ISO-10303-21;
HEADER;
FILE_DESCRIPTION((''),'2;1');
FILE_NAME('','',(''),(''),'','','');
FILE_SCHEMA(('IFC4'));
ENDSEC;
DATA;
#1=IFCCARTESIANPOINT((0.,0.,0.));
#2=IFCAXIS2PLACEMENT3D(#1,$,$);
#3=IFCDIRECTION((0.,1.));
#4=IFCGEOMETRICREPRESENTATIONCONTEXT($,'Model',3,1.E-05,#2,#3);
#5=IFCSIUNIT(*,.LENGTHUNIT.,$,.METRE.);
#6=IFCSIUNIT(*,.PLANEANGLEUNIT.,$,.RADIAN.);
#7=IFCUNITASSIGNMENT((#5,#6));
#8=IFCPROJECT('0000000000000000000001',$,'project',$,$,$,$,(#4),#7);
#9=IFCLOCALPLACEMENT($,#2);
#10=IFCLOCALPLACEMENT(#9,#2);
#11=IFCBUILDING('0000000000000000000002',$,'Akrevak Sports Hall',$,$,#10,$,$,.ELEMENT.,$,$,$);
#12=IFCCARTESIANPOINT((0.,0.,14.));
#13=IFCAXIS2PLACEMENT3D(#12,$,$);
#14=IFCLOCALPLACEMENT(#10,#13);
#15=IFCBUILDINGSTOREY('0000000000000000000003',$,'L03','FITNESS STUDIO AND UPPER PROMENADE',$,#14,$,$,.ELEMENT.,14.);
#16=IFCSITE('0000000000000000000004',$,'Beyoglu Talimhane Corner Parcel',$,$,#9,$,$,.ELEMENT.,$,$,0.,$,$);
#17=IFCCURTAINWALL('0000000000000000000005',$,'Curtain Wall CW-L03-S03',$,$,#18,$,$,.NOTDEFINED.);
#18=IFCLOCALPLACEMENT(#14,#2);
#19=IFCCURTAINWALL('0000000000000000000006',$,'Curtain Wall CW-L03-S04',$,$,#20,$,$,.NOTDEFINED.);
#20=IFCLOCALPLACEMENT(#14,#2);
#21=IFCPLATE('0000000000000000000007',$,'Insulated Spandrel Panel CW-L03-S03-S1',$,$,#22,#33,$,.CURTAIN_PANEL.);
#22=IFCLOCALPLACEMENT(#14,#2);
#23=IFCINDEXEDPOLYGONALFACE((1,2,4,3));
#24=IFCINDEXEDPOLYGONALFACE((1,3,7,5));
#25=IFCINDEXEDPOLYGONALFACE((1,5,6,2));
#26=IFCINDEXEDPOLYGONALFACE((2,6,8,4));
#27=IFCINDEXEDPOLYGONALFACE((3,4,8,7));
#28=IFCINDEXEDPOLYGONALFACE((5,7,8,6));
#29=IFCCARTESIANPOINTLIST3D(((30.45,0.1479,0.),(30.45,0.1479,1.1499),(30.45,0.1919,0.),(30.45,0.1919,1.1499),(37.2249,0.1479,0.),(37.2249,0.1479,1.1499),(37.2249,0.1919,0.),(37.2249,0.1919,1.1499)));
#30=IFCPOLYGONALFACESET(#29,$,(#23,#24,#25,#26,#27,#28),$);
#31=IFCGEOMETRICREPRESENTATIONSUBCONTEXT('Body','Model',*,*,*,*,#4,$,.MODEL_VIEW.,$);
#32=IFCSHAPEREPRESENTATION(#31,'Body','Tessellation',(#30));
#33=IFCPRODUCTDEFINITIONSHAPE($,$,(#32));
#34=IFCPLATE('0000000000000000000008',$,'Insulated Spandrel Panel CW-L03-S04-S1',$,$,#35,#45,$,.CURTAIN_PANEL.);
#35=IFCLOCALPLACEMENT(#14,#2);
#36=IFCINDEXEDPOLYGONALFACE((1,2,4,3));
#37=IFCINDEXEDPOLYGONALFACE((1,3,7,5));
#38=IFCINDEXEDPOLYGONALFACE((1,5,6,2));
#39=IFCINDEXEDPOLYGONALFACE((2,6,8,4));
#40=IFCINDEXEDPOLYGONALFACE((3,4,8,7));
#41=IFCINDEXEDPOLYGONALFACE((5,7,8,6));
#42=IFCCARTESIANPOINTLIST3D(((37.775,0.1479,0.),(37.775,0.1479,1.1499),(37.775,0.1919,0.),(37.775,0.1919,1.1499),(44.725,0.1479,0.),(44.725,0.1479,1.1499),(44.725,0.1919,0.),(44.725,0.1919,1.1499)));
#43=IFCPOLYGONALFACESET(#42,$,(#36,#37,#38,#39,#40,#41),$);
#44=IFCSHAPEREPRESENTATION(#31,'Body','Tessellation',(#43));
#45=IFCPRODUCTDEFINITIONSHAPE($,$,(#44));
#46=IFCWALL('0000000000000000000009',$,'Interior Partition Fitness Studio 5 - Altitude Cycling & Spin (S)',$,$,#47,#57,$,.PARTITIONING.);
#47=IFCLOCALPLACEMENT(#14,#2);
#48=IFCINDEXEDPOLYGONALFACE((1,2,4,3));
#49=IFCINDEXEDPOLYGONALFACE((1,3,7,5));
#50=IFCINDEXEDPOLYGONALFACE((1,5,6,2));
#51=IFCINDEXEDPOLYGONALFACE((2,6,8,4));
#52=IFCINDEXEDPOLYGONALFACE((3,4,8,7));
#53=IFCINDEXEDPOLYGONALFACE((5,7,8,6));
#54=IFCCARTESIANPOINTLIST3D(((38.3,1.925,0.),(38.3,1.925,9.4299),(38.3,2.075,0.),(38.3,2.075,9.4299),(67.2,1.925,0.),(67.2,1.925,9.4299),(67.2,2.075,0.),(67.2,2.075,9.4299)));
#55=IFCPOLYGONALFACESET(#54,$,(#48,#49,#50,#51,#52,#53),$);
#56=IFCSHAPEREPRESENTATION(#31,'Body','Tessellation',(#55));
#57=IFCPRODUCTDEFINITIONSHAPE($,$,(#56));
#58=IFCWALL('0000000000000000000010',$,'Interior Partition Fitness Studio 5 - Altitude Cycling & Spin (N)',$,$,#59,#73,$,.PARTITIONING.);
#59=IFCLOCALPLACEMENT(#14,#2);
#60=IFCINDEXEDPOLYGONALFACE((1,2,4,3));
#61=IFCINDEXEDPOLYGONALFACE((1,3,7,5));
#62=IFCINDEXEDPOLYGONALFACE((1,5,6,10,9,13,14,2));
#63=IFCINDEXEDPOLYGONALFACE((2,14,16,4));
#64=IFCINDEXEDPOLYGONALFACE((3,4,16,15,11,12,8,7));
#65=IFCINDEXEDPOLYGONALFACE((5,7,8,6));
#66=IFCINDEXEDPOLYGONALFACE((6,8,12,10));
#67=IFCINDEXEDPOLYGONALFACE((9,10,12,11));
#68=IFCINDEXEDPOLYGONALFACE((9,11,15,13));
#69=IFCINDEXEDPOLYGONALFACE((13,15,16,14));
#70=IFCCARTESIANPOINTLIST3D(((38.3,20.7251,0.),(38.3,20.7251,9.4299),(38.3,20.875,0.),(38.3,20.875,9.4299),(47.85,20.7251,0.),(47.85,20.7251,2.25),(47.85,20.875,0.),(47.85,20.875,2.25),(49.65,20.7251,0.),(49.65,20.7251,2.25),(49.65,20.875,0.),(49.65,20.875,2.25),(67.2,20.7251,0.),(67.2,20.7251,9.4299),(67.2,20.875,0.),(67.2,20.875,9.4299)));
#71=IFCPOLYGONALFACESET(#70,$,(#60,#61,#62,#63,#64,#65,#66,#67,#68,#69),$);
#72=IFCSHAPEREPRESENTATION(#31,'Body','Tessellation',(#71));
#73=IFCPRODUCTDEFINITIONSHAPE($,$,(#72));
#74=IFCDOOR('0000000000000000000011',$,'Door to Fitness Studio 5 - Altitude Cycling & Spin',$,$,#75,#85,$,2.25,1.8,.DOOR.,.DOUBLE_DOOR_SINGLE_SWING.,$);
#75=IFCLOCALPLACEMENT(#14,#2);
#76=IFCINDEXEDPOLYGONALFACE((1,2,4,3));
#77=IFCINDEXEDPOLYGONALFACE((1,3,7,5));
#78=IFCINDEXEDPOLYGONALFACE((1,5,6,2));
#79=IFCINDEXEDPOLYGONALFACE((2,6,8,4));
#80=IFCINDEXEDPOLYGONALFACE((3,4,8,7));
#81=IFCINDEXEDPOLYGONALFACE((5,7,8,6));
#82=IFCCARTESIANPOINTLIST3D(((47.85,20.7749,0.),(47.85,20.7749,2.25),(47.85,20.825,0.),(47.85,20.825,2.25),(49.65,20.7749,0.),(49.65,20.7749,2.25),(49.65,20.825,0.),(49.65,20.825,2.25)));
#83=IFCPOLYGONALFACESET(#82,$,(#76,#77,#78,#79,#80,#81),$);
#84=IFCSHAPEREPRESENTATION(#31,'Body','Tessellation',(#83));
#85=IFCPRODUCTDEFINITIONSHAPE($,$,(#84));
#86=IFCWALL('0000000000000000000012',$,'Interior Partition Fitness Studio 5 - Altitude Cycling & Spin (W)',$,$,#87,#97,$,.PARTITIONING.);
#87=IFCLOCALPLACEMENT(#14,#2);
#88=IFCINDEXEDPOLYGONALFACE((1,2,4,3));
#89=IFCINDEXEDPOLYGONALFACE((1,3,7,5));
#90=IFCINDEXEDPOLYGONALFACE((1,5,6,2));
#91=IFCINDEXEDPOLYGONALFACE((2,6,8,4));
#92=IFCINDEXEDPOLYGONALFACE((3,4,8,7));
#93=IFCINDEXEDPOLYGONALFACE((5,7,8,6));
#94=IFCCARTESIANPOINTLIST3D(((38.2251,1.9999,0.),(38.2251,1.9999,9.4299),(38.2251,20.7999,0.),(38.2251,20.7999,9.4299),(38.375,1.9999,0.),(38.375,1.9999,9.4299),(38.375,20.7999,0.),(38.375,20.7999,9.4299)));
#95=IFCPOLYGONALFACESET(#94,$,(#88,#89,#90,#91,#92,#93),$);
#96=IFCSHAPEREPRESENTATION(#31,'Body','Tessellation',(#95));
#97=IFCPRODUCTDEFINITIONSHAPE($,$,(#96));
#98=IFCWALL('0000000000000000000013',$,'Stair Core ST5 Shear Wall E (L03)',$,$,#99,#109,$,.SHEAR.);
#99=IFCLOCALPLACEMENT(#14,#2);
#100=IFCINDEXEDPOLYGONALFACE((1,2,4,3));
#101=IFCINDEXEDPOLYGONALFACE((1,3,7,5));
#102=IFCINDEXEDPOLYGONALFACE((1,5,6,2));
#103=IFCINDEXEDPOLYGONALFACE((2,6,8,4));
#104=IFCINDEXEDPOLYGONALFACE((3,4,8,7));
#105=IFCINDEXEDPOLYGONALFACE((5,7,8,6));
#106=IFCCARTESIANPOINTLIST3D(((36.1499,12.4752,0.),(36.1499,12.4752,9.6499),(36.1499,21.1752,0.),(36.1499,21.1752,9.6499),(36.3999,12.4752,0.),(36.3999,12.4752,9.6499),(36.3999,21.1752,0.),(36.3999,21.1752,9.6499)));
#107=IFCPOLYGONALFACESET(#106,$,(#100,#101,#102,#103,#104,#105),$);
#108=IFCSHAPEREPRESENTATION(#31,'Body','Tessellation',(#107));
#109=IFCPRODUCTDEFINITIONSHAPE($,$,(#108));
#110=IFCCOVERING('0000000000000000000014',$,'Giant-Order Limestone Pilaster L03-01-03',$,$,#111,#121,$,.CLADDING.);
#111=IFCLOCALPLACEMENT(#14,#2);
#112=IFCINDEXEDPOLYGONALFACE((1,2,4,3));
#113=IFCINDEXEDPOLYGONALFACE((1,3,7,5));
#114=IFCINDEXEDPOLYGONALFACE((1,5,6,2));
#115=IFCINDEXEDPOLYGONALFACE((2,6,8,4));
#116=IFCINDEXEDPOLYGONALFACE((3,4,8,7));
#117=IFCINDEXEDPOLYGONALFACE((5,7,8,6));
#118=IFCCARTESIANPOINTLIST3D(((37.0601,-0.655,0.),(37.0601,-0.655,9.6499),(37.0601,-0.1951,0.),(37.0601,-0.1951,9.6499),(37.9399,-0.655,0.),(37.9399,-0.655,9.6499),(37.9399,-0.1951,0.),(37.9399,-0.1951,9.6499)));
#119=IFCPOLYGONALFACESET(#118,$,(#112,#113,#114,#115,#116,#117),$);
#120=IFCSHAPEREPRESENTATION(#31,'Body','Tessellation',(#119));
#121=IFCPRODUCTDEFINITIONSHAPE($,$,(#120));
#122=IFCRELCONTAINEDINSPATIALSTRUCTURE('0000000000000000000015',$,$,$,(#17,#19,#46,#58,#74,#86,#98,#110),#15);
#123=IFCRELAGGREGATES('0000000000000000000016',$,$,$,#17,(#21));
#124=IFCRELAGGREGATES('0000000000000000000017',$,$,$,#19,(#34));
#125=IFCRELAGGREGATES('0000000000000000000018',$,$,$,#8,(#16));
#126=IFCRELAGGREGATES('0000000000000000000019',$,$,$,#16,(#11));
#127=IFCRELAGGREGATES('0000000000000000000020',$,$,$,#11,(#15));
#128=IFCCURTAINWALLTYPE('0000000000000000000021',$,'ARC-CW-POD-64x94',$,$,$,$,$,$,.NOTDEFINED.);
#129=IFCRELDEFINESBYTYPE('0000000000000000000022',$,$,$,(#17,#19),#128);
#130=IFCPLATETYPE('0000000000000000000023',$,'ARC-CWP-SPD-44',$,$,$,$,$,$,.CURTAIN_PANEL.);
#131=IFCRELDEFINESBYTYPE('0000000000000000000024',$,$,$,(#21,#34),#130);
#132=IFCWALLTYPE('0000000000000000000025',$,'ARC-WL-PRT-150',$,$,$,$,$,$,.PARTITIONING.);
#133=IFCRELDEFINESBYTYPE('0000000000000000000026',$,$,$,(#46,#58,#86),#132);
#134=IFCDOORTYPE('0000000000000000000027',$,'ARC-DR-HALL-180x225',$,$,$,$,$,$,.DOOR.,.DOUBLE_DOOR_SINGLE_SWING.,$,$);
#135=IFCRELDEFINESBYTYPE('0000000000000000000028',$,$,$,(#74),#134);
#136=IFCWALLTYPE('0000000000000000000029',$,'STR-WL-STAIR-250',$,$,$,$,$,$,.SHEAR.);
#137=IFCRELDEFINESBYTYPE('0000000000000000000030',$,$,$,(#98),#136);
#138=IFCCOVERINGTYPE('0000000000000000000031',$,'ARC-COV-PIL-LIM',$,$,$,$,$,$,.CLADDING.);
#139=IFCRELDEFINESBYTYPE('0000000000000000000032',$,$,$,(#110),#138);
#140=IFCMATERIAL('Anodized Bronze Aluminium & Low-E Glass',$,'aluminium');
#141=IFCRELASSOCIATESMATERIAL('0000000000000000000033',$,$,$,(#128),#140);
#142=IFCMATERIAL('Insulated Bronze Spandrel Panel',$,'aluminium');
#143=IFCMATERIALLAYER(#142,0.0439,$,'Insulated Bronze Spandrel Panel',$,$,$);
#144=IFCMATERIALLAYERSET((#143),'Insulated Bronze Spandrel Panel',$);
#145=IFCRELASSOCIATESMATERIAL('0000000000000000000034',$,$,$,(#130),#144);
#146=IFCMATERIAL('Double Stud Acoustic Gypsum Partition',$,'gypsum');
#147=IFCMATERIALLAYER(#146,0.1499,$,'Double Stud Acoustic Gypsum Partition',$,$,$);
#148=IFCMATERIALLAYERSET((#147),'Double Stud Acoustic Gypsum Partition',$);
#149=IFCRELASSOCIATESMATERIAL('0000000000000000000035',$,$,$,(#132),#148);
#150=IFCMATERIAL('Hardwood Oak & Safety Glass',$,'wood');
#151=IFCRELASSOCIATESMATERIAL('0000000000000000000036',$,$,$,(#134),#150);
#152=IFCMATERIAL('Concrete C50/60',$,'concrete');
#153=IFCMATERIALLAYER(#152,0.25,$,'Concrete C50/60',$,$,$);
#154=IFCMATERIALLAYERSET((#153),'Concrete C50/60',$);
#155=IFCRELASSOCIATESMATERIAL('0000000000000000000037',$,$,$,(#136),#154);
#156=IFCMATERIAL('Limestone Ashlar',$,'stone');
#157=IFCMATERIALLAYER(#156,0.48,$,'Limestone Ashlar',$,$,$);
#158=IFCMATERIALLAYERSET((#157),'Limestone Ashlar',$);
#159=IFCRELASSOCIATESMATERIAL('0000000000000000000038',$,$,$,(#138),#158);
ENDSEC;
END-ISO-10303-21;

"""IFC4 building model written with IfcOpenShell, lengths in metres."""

from ifc_helpers import new_model, si_unit, direction, frame, frame_2d, origin, origin_2d, place, context, subcontext, project, spatial, rectangle, extrude, material, layer, layer_set, type_object, element, fill, aggregate, save


model = new_model("IFC4")

# Units and contexts
model_context = context("Model", 3, precision=1e-05, world=origin(), true_north=direction((0.0, 1.0)))
body_context = subcontext(model_context, "Body", "Model", "MODEL_VIEW")
ifc_project = project(units=[si_unit("LENGTHUNIT", "METRE"), si_unit("PLANEANGLEUNIT", "RADIAN")], contexts=[model_context])

# Site, building, storey
site_placement = place(None, origin())
site = spatial("IfcSite", under=ifc_project, at=site_placement, Name="Beyoglu Talimhane Corner Parcel", CompositionType="ELEMENT", RefElevation=0.0)
building_placement = place(site_placement, origin())
building = spatial("IfcBuilding", under=site, at=building_placement, Name="Akrevak Sports Hall", CompositionType="ELEMENT")
storey_placement = place(building_placement, frame((0.0, 0.0, 14.0)))
storey = spatial("IfcBuildingStorey", under=building, at=storey_placement, Name="L03", Description="FITNESS STUDIO AND UPPER PROMENADE", CompositionType="ELEMENT", Elevation=14.0)

# Curtain walls
ifc_material_1 = material(Name="Anodized Bronze Aluminium & Low-E Glass", Category="aluminium")
curtain_wall_type = type_object("IfcCurtainWallType", Name="ARC-CW-POD-64x94", PredefinedType="NOTDEFINED", material=ifc_material_1)
curtain_wall_1_placement = place(storey_placement, origin())
curtain_wall_1 = element("IfcCurtainWall", 1, at=curtain_wall_1_placement, inside=storey, type_object=curtain_wall_type, Name="Curtain Wall CW-L03-S03", PredefinedType="NOTDEFINED")
curtain_wall_2_placement = place(storey_placement, origin())
curtain_wall_2 = element("IfcCurtainWall", 2, at=curtain_wall_2_placement, inside=storey, type_object=curtain_wall_type, Name="Curtain Wall CW-L03-S04", PredefinedType="NOTDEFINED")

# Shared definitions
ifc_material_2 = material(Name="Concrete C50/60", Category="concrete")

# Plates
ifc_material_3 = material(Name="Insulated Bronze Spandrel Panel", Category="aluminium")
ifc_layer_1 = layer(ifc_material_3, 0.0439, Name="Insulated Bronze Spandrel Panel")
ifc_layer_set_1 = layer_set([ifc_layer_1], Name="Insulated Bronze Spandrel Panel")
plate_type_1 = type_object("IfcPlateType", Name="ARC-CWP-SPD-44", PredefinedType="CURTAIN_PANEL", material=ifc_layer_set_1)
plate_1_placement = place(storey_placement, frame((33.8374, 0.1699, 0.0), z_axis=(0.0, 0.0, 1.0), x_axis=(1.0, 0.0, 0.0)))
plate_1 = element("IfcPlate", 3, at=plate_1_placement, type_object=plate_type_1, Name="Insulated Spandrel Panel CW-L03-S03-S1", PredefinedType="CURTAIN_PANEL", context=body_context, shape_type="SweptSolid", body=[
    extrude(rectangle(XDim=6.7749, YDim=0.0439, at=origin_2d()), origin(), (0.0, 0.0, 1.0), 1.1499),
])
aggregate(curtain_wall_1, [plate_1])
plate_2_placement = place(storey_placement, frame((41.25, 0.1699, 0.0), z_axis=(0.0, 0.0, 1.0), x_axis=(1.0, 0.0, 0.0)))
plate_2 = element("IfcPlate", 4, at=plate_2_placement, type_object=plate_type_1, Name="Insulated Spandrel Panel CW-L03-S04-S1", PredefinedType="CURTAIN_PANEL", context=body_context, shape_type="SweptSolid", body=[
    extrude(rectangle(XDim=6.95, YDim=0.0439, at=origin_2d()), origin(), (0.0, 0.0, 1.0), 1.1499),
])
aggregate(curtain_wall_2, [plate_2])

# Wall
ifc_material_4 = material(Name="Double Stud Acoustic Gypsum Partition", Category="gypsum")
ifc_layer_2 = layer(ifc_material_4, 0.1499, Name="Double Stud Acoustic Gypsum Partition")
ifc_layer_set_2 = layer_set([ifc_layer_2], Name="Double Stud Acoustic Gypsum Partition")
wall_type_1 = type_object("IfcWallType", Name="ARC-WL-PRT-150", PredefinedType="PARTITIONING", material=ifc_layer_set_2)
wall_1_placement = place(storey_placement, frame((38.3, 2.0, 0.0), z_axis=(0.0, 0.0, 1.0), x_axis=(1.0, 0.0, 0.0)))
element("IfcWall", 5, at=wall_1_placement, inside=storey, type_object=wall_type_1, Name="Interior Partition Fitness Studio 5 - Altitude Cycling & Spin (S)", PredefinedType="PARTITIONING", context=body_context, shape_type="SweptSolid", body=[
    extrude(rectangle(XDim=28.8999, YDim=0.1499, at=frame_2d((14.45, 0.0))), origin(), (0.0, 0.0, 1.0), 9.4299),
])

# Wall, opening, door
wall_2_placement = place(storey_placement, frame((38.3, 20.8, 0.0), z_axis=(0.0, 0.0, 1.0), x_axis=(1.0, 0.0, 0.0)))
wall_2 = element("IfcWall", 6, at=wall_2_placement, inside=storey, type_object=wall_type_1, Name="Interior Partition Fitness Studio 5 - Altitude Cycling & Spin (N)", PredefinedType="PARTITIONING", context=body_context, shape_type="SweptSolid", body=[
    extrude(rectangle(XDim=28.8999, YDim=0.1499, at=frame_2d((14.45, 0.0))), origin(), (0.0, 0.0, 1.0), 9.4299),
])
opening_placement = place(wall_2_placement, frame((9.55, 0.0, 0.0)))
opening = element("IfcOpeningElement", 7, at=opening_placement, cuts=wall_2, PredefinedType="OPENING", context=body_context, shape_type="SweptSolid", body=[
    extrude(rectangle(XDim=1.8, YDim=2.25, at=frame_2d((0.8999, 1.125))), frame((0.0, 0.0869, 0.0), z_axis=(0.0, -1.0, 0.0), x_axis=(1.0, 0.0, 0.0)), (0.0, 0.0, 1.0), 0.1738),
])
ifc_material_5 = material(Name="Hardwood Oak & Safety Glass", Category="wood")
door_type = type_object("IfcDoorType", Name="ARC-DR-HALL-180x225", OperationType="DOUBLE_DOOR_SINGLE_SWING", PredefinedType="DOOR", material=ifc_material_5)
door_placement = place(opening_placement, origin())
door = element("IfcDoor", 8, at=door_placement, inside=storey, type_object=door_type, Name="Door to Fitness Studio 5 - Altitude Cycling & Spin", OperationType="DOUBLE_DOOR_SINGLE_SWING", OverallHeight=2.25, OverallWidth=1.8, PredefinedType="DOOR", context=body_context, shape_type="SweptSolid", body=[
    extrude(rectangle(XDim=1.8, YDim=2.25, at=frame_2d((0.8999, 1.125))), frame((0.0, 0.0249, 0.0), z_axis=(0.0, -1.0, 0.0), x_axis=(1.0, 0.0, 0.0)), (0.0, 0.0, 1.0), 0.05),
])
fill(opening, door)

# Walls
wall_3_placement = place(storey_placement, frame((38.3, 2.0, 0.0), z_axis=(0.0, 0.0, 1.0), x_axis=(0.0, 1.0, 0.0)))
element("IfcWall", 9, at=wall_3_placement, inside=storey, type_object=wall_type_1, Name="Interior Partition Fitness Studio 5 - Altitude Cycling & Spin (W)", PredefinedType="PARTITIONING", context=body_context, shape_type="SweptSolid", body=[
    extrude(rectangle(XDim=18.8, YDim=0.1499, at=frame_2d((9.3999, 0.0))), origin(), (0.0, 0.0, 1.0), 9.4299),
])
ifc_layer_3 = layer(ifc_material_2, 0.25, Name="Concrete C50/60")
ifc_layer_set_3 = layer_set([ifc_layer_3], Name="Concrete C50/60")
wall_type_2 = type_object("IfcWallType", Name="STR-WL-STAIR-250", PredefinedType="SHEAR", material=ifc_layer_set_3)
wall_4_placement = place(storey_placement, frame((36.2749, 12.4751, 0.0), z_axis=(0.0, 0.0, 1.0), x_axis=(0.0, 1.0, 0.0)))
element("IfcWall", 10, at=wall_4_placement, inside=storey, type_object=wall_type_2, Name="Stair Core ST5 Shear Wall E (L03)", PredefinedType="SHEAR", context=body_context, shape_type="SweptSolid", body=[
    extrude(rectangle(XDim=8.7, YDim=0.25, at=frame_2d((4.3501, 0.0))), origin(), (0.0, 0.0, 1.0), 9.6499),
])

# Covering
ifc_material_6 = material(Name="Limestone Ashlar", Category="stone")
ifc_layer_4 = layer(ifc_material_6, 0.48, Name="Limestone Ashlar")
ifc_layer_set_4 = layer_set([ifc_layer_4], Name="Limestone Ashlar")
covering_type = type_object("IfcCoveringType", Name="ARC-COV-PIL-LIM", PredefinedType="CLADDING", material=ifc_layer_set_4)
covering_placement = place(storey_placement, frame((37.5, -0.425, 0.0), z_axis=(0.0, 0.0, 1.0), x_axis=(1.0, 0.0, 0.0)))
element("IfcCovering", 11, at=covering_placement, inside=storey, type_object=covering_type, Name="Giant-Order Limestone Pilaster L03-01-03", PredefinedType="CLADDING", context=body_context, shape_type="SweptSolid", body=[
    extrude(rectangle(XDim=0.8799, YDim=0.46, at=origin_2d()), origin(), (0.0, 0.0, 1.0), 9.6499),
])

save(model, "model.ifc")
